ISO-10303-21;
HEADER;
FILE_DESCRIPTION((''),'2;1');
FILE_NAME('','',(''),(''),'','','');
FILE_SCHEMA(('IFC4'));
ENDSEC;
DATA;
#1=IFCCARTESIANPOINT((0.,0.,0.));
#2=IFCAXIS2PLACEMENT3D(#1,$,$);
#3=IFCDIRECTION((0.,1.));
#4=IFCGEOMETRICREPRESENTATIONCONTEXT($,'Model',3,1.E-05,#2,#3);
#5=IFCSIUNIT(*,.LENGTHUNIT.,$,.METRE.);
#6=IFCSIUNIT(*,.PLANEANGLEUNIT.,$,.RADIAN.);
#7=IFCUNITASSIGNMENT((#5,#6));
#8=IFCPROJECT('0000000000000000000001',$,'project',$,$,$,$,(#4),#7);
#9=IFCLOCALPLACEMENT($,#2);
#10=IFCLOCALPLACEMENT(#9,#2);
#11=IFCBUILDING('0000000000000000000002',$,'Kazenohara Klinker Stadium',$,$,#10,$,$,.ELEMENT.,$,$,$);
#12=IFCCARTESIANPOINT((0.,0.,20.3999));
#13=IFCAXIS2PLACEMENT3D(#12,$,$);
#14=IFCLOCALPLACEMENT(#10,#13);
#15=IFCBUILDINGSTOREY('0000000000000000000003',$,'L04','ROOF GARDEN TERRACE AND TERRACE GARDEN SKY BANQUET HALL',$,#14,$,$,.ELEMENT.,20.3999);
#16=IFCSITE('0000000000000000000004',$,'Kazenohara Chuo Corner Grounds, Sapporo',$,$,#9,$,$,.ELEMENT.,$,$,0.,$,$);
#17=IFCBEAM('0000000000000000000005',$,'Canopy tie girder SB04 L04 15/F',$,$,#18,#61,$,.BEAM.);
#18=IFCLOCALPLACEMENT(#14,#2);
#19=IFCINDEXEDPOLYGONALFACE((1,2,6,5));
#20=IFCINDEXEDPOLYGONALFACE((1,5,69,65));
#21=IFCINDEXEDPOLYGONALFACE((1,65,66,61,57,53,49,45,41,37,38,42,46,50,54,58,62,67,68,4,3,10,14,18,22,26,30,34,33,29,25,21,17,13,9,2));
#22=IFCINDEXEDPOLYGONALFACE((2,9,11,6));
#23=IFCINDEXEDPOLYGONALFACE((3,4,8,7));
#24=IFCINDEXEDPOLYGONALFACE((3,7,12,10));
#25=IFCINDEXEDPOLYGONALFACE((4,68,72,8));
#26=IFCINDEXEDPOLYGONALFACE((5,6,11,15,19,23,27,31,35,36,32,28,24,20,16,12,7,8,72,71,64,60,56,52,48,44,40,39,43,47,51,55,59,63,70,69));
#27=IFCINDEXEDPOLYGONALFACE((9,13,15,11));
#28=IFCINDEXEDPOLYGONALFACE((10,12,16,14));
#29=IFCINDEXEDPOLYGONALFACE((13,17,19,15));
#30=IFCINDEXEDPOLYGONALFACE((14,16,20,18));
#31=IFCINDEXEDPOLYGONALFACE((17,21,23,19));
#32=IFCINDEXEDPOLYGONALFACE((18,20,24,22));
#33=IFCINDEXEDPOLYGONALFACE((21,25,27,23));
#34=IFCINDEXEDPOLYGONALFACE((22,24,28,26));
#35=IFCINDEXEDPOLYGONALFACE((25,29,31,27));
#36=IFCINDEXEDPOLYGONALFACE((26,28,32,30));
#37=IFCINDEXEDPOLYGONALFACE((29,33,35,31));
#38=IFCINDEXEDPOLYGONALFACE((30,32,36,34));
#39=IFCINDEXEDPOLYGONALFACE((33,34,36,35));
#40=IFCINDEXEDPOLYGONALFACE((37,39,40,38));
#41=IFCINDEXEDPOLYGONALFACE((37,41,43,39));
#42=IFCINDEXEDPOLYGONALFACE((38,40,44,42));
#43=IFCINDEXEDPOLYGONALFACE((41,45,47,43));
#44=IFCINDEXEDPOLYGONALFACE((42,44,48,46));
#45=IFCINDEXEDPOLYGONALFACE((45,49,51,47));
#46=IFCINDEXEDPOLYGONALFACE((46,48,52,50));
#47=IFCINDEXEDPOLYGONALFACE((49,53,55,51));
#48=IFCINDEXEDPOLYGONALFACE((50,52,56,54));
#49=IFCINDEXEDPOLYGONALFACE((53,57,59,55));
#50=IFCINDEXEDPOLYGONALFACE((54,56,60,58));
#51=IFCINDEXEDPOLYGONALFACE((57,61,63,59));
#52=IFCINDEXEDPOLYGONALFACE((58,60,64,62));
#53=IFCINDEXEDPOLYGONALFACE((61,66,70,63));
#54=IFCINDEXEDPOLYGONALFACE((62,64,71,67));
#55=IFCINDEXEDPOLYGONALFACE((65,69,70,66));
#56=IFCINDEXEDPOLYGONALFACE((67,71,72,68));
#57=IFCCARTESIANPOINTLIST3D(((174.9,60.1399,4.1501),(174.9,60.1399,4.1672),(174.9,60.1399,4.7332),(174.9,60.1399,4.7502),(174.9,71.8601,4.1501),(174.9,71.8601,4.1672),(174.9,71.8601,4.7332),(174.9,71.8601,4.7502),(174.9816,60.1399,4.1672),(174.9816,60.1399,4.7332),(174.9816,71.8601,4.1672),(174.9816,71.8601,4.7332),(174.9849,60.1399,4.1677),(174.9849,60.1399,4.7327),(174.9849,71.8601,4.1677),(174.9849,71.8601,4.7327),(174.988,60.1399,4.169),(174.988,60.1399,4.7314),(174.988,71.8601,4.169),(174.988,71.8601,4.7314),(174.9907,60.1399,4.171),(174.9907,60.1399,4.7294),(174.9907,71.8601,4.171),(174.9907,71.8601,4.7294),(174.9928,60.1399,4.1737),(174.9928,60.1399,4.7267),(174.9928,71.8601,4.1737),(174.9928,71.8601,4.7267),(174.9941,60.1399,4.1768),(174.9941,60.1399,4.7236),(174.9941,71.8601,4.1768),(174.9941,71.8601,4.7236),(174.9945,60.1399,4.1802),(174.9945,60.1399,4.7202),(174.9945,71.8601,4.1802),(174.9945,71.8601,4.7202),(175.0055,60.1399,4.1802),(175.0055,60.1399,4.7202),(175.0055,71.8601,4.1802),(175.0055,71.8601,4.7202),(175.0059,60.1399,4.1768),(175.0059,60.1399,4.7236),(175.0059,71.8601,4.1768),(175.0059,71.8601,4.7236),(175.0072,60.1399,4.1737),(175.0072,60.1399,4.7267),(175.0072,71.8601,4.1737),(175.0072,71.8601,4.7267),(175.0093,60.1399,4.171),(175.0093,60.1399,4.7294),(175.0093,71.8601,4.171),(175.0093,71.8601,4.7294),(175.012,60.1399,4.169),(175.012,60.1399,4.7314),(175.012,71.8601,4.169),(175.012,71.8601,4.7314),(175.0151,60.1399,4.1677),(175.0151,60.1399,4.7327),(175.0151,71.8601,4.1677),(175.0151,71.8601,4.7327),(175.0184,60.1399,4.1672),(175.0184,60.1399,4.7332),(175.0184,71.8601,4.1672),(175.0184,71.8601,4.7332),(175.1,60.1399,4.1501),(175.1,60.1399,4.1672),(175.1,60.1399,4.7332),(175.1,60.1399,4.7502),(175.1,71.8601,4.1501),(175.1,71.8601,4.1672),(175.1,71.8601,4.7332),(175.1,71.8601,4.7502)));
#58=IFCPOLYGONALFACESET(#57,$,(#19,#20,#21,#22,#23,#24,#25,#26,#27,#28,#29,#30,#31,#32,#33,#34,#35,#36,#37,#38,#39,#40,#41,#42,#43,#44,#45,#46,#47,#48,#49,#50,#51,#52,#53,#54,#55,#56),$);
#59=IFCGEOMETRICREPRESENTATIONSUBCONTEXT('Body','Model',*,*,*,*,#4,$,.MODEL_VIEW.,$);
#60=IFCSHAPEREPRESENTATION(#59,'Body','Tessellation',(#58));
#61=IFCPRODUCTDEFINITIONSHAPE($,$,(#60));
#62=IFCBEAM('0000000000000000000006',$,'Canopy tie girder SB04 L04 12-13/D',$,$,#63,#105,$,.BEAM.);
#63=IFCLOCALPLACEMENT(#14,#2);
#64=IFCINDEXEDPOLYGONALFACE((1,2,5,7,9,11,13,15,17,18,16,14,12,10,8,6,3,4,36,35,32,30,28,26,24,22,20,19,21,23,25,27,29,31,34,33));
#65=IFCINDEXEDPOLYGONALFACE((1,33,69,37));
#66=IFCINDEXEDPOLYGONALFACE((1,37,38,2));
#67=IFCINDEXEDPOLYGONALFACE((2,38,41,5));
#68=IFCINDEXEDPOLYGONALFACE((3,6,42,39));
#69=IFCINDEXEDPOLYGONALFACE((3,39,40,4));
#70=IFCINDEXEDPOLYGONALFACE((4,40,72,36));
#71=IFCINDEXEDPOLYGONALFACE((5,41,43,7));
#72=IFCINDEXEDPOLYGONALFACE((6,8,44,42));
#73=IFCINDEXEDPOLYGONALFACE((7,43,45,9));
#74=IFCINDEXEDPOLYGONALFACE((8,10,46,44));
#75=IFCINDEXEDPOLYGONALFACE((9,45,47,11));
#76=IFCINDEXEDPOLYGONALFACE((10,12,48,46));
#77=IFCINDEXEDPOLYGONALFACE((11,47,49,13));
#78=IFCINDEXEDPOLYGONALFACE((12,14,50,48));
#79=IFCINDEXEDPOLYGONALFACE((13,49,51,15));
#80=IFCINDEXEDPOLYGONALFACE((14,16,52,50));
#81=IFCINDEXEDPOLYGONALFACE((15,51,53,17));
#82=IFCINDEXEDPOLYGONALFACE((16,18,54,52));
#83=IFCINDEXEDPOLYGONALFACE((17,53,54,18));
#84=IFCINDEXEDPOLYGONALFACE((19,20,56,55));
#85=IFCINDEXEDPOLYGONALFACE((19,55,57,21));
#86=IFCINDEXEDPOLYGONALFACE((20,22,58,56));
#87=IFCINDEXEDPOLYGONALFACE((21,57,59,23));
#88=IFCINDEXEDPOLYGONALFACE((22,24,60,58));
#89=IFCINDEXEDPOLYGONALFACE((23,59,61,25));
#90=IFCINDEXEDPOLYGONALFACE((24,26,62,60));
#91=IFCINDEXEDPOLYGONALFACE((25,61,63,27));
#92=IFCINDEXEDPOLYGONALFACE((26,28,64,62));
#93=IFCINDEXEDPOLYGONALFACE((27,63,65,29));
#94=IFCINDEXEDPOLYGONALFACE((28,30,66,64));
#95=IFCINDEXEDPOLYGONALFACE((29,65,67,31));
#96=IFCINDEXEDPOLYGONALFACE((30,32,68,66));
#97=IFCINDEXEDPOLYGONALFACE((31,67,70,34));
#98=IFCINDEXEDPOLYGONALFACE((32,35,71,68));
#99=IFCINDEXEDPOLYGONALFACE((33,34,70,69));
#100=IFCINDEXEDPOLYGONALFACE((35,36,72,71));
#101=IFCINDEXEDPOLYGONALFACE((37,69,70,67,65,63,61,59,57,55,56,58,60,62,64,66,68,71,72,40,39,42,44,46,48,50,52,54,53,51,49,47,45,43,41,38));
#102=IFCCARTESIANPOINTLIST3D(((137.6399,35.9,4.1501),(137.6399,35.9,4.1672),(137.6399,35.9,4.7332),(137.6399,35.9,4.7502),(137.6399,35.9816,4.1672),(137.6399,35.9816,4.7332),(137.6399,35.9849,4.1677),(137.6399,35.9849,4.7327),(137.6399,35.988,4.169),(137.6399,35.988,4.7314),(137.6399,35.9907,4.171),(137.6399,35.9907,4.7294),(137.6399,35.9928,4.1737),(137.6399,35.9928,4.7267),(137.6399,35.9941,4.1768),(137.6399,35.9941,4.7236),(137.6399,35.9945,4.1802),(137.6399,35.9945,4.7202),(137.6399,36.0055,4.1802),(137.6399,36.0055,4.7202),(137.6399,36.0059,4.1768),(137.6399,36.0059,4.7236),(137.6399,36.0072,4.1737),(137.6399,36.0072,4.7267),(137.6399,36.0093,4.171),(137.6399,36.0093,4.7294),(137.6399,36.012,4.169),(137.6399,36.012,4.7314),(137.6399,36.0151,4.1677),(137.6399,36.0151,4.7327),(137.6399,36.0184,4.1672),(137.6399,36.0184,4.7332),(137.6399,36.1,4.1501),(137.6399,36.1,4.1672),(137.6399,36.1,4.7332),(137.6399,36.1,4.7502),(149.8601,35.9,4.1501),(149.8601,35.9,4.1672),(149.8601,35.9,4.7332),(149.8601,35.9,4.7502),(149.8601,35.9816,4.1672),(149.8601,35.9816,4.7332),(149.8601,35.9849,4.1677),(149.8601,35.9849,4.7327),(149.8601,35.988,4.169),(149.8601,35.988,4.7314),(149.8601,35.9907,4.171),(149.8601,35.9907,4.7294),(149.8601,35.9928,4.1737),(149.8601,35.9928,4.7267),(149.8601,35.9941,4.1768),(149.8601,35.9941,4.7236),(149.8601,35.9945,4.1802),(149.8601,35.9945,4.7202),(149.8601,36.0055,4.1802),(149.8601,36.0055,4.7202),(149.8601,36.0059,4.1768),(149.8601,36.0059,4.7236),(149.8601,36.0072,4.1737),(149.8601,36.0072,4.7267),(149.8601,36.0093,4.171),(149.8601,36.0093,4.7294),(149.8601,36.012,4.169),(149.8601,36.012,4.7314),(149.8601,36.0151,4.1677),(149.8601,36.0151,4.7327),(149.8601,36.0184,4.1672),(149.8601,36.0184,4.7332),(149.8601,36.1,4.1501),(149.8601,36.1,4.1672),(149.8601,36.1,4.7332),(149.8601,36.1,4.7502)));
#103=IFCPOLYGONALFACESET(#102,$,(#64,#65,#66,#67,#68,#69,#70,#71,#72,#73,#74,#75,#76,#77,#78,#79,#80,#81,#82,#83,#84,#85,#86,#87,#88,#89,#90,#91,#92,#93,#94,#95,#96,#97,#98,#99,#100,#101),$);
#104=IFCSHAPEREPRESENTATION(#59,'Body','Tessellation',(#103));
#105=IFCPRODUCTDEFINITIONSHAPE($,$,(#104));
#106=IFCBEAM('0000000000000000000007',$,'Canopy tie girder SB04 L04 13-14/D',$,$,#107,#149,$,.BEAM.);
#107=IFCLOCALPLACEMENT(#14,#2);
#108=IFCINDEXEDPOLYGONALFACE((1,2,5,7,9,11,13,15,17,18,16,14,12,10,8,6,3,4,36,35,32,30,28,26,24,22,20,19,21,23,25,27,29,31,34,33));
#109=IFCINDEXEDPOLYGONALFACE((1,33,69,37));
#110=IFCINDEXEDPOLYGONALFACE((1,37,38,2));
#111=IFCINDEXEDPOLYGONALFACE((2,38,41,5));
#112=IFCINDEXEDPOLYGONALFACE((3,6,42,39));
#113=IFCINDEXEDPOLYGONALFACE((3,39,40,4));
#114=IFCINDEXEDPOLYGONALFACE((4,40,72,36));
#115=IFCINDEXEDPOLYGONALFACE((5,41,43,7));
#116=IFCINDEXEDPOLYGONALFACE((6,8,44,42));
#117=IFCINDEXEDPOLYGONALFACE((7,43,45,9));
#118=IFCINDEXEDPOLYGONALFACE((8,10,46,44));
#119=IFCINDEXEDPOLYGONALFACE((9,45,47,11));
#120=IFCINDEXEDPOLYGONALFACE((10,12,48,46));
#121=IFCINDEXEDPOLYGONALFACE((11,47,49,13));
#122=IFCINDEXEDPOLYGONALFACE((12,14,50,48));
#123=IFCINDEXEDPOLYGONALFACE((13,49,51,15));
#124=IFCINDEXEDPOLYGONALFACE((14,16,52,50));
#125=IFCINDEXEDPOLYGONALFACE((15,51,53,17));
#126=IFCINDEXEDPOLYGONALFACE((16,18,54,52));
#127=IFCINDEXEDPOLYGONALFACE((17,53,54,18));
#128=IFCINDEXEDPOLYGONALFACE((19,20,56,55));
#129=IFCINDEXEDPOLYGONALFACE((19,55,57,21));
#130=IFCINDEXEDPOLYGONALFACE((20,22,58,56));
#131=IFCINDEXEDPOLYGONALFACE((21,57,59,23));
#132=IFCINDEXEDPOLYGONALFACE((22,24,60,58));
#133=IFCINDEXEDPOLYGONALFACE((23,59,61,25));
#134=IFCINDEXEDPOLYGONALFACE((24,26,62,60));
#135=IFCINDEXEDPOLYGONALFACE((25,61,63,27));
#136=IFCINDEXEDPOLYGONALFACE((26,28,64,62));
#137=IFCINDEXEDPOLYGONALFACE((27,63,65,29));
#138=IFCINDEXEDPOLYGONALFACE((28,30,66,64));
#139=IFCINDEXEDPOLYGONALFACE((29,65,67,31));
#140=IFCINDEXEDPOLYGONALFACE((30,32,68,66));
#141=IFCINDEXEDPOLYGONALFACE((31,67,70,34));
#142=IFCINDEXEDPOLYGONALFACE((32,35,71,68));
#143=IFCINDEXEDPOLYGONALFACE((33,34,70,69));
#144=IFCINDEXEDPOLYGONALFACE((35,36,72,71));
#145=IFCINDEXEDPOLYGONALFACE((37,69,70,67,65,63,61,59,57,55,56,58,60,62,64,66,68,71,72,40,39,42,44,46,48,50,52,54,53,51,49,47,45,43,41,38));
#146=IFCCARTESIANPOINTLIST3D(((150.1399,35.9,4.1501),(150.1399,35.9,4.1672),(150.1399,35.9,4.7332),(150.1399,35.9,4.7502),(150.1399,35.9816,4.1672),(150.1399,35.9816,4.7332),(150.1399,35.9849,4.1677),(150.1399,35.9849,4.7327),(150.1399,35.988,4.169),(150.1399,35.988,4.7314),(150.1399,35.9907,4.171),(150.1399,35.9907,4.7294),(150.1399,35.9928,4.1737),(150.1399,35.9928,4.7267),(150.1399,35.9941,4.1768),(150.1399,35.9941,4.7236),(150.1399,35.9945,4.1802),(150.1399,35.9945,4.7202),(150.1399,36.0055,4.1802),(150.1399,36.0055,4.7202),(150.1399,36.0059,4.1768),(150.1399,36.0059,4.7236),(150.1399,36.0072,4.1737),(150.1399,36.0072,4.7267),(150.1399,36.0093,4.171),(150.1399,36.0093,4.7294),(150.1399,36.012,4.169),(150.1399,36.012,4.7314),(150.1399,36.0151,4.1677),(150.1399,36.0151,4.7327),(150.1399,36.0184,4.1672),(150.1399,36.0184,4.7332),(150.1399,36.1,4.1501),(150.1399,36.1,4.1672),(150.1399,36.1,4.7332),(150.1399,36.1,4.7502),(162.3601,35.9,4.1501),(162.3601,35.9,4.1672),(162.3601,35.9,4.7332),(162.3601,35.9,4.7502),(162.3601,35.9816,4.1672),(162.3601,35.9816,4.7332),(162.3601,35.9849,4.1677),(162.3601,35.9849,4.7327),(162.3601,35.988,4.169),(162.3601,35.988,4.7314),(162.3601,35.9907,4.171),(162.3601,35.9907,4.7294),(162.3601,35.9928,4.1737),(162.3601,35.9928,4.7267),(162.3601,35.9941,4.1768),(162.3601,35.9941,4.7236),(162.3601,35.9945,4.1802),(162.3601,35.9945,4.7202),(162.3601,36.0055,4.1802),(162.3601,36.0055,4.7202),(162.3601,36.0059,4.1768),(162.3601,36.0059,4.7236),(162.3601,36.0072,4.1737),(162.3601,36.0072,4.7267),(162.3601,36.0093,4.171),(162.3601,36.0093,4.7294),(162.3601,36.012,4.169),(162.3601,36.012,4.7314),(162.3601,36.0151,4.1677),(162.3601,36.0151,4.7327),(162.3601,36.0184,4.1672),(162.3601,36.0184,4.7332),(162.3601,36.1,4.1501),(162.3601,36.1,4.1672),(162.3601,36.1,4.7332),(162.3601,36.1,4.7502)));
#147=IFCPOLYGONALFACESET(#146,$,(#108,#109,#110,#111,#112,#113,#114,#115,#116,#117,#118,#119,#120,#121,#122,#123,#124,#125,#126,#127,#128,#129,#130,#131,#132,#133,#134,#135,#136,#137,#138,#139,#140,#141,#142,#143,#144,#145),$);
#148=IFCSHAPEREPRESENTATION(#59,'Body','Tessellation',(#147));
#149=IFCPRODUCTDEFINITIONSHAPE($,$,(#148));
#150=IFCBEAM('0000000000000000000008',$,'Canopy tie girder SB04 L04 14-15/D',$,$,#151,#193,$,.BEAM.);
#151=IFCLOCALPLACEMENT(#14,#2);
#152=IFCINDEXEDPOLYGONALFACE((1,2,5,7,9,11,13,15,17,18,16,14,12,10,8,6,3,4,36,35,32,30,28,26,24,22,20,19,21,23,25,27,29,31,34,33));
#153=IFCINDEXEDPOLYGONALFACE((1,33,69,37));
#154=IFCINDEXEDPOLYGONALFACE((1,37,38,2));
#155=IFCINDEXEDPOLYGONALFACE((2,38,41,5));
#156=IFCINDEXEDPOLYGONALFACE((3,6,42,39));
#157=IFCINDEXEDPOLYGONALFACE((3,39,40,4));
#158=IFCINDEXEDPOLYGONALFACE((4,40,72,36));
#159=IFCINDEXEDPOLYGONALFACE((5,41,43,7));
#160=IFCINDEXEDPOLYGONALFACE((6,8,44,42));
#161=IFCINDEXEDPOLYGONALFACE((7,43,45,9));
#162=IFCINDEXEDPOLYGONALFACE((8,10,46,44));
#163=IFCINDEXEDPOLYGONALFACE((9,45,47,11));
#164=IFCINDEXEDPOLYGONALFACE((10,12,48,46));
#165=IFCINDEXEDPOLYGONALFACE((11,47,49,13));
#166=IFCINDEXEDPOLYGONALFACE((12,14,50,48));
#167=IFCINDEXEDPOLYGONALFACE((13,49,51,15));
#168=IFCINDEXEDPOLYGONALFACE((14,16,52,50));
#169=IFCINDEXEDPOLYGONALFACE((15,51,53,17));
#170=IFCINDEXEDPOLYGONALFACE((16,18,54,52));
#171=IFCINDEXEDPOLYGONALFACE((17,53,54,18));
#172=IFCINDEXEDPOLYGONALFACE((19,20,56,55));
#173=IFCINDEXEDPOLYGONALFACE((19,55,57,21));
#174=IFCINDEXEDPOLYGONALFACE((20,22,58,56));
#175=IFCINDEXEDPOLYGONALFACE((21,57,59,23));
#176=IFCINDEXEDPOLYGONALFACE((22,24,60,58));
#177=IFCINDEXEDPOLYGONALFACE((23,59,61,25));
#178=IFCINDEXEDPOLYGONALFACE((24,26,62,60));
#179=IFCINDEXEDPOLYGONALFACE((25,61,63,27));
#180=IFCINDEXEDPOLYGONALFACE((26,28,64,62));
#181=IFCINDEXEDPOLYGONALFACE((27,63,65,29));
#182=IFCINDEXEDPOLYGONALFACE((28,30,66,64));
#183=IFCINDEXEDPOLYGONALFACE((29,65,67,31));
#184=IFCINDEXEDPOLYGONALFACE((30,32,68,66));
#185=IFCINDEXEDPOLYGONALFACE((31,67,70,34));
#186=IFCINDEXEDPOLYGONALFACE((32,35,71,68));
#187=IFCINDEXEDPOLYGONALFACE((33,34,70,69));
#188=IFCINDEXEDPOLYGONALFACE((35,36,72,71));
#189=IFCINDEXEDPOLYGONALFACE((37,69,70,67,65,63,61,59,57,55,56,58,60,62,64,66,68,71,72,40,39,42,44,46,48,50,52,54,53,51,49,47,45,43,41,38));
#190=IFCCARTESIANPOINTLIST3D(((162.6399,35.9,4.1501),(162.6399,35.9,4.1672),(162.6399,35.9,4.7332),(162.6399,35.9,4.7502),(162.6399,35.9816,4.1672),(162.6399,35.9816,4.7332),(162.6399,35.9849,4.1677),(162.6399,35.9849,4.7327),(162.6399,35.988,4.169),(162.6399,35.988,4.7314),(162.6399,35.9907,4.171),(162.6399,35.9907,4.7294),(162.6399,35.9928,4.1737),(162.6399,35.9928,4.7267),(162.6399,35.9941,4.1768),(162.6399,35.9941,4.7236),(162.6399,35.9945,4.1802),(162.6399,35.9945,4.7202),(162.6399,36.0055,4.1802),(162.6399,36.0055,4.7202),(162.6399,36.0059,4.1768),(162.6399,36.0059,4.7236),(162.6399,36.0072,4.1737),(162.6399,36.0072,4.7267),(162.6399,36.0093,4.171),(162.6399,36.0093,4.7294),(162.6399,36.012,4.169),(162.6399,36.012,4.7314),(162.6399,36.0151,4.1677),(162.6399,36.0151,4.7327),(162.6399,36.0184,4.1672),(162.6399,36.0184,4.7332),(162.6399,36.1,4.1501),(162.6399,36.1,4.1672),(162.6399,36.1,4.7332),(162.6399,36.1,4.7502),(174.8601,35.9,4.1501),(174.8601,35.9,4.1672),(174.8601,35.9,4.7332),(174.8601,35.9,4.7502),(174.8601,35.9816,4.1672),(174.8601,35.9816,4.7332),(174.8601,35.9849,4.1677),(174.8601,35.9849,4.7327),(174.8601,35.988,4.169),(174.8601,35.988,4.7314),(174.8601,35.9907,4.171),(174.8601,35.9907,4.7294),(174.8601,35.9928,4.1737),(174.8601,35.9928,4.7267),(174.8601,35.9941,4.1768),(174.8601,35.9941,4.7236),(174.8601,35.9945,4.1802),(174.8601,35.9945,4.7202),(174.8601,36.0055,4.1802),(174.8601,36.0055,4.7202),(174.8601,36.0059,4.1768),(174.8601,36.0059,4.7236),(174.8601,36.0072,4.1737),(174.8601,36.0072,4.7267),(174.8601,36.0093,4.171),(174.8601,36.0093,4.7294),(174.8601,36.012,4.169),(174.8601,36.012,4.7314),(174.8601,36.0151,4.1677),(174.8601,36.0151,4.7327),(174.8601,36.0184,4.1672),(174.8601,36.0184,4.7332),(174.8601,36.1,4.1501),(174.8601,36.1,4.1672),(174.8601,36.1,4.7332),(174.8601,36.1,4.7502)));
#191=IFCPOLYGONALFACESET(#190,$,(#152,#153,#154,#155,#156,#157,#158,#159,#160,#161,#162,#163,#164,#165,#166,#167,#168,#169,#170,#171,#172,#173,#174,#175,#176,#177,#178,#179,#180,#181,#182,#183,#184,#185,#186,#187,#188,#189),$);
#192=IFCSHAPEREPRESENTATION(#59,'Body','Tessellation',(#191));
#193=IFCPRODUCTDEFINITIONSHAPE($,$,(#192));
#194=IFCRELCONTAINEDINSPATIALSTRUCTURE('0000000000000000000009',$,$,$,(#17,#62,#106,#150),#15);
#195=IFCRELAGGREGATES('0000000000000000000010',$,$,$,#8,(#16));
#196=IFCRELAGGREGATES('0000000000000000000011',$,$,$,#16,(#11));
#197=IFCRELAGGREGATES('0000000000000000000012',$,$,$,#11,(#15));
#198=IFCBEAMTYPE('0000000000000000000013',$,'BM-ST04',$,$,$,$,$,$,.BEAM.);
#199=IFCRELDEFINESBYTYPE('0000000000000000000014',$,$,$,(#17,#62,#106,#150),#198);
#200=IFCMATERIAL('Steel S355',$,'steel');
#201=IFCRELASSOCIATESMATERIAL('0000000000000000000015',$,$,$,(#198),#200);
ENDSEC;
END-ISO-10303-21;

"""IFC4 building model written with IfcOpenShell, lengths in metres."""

from ifc_helpers import new_model, si_unit, direction, frame, origin, origin_2d, place, context, subcontext, project, spatial, i_section, extrude, material, material_profile, profile_set, type_object, element, save


model = new_model("IFC4")

# Units and contexts
model_context = context("Model", 3, precision=1e-05, world=origin(), true_north=direction((0.0, 1.0)))
body_context = subcontext(model_context, "Body", "Model", "MODEL_VIEW")
ifc_project = project(units=[si_unit("LENGTHUNIT", "METRE"), si_unit("PLANEANGLEUNIT", "RADIAN")], contexts=[model_context])

# Site, building, storey
site_placement = place(None, origin())
site = spatial("IfcSite", under=ifc_project, at=site_placement, Name="Kazenohara Chuo Corner Grounds, Sapporo", CompositionType="ELEMENT", RefElevation=0.0)
building_placement = place(site_placement, origin())
building = spatial("IfcBuilding", under=site, at=building_placement, Name="Kazenohara Klinker Stadium", CompositionType="ELEMENT")
storey_placement = place(building_placement, frame((0.0, 0.0, 20.3999)))
storey = spatial("IfcBuildingStorey", under=building, at=storey_placement, Name="L04", Description="ROOF GARDEN TERRACE AND TERRACE GARDEN SKY BANQUET HALL", CompositionType="ELEMENT", Elevation=20.3999)

# Shared definitions
ifc_material_1 = material(Name="Steel S355", Category="steel")

# Beams
ifc_material_profile_1 = material_profile(ifc_material_1, i_section(OverallWidth=0.2, OverallDepth=0.6001, WebThickness=0.011, FlangeThickness=0.0171, FilletRadius=0.0129, at=origin_2d()), Name="H-600x200x11x17")
ifc_profile_set_1 = profile_set([ifc_material_profile_1], Name="Steel S355")
beam_type_1 = type_object("IfcBeamType", Name="BM-ST04", PredefinedType="BEAM", material=ifc_profile_set_1)
for number, where, z_axis, x_axis, name in (
    (1, (175.0, 60.1399, 4.4502), (0.0, 1.0, 0.0), (-1.0, 0.0, 0.0), "Canopy tie girder SB04 L04 15/F"),
):
    element("IfcBeam", number, at=place(storey_placement, frame(where, z_axis=z_axis, x_axis=x_axis)), inside=storey, type_object=beam_type_1, Name=name, PredefinedType="BEAM", context=body_context, shape_type="SweptSolid", body=[
        extrude(i_section(OverallWidth=0.2, OverallDepth=0.6001, WebThickness=0.011, FlangeThickness=0.0171, FilletRadius=0.0129, at=origin_2d()), origin(), (0.0, 0.0, 1.0), 11.7202),
    ])
for number, where, z_axis, x_axis, name in (
    (2, (137.6399, 36.0, 4.4502), (1.0, 0.0, 0.0), (0.0, 1.0, 0.0), "Canopy tie girder SB04 L04 12-13/D"),
    (3, (150.1399, 36.0, 4.4502), (1.0, 0.0, 0.0), (0.0, 1.0, 0.0), "Canopy tie girder SB04 L04 13-14/D"),
    (4, (162.6399, 36.0, 4.4502), (1.0, 0.0, 0.0), (0.0, 1.0, 0.0), "Canopy tie girder SB04 L04 14-15/D"),
):
    element("IfcBeam", number, at=place(storey_placement, frame(where, z_axis=z_axis, x_axis=x_axis)), inside=storey, type_object=beam_type_1, Name=name, PredefinedType="BEAM", context=body_context, shape_type="SweptSolid", body=[
        extrude(i_section(OverallWidth=0.2, OverallDepth=0.6001, WebThickness=0.011, FlangeThickness=0.0171, FilletRadius=0.0129, at=origin_2d()), origin(), (0.0, 0.0, 1.0), 12.2202),
    ])

save(model, "model.ifc")
